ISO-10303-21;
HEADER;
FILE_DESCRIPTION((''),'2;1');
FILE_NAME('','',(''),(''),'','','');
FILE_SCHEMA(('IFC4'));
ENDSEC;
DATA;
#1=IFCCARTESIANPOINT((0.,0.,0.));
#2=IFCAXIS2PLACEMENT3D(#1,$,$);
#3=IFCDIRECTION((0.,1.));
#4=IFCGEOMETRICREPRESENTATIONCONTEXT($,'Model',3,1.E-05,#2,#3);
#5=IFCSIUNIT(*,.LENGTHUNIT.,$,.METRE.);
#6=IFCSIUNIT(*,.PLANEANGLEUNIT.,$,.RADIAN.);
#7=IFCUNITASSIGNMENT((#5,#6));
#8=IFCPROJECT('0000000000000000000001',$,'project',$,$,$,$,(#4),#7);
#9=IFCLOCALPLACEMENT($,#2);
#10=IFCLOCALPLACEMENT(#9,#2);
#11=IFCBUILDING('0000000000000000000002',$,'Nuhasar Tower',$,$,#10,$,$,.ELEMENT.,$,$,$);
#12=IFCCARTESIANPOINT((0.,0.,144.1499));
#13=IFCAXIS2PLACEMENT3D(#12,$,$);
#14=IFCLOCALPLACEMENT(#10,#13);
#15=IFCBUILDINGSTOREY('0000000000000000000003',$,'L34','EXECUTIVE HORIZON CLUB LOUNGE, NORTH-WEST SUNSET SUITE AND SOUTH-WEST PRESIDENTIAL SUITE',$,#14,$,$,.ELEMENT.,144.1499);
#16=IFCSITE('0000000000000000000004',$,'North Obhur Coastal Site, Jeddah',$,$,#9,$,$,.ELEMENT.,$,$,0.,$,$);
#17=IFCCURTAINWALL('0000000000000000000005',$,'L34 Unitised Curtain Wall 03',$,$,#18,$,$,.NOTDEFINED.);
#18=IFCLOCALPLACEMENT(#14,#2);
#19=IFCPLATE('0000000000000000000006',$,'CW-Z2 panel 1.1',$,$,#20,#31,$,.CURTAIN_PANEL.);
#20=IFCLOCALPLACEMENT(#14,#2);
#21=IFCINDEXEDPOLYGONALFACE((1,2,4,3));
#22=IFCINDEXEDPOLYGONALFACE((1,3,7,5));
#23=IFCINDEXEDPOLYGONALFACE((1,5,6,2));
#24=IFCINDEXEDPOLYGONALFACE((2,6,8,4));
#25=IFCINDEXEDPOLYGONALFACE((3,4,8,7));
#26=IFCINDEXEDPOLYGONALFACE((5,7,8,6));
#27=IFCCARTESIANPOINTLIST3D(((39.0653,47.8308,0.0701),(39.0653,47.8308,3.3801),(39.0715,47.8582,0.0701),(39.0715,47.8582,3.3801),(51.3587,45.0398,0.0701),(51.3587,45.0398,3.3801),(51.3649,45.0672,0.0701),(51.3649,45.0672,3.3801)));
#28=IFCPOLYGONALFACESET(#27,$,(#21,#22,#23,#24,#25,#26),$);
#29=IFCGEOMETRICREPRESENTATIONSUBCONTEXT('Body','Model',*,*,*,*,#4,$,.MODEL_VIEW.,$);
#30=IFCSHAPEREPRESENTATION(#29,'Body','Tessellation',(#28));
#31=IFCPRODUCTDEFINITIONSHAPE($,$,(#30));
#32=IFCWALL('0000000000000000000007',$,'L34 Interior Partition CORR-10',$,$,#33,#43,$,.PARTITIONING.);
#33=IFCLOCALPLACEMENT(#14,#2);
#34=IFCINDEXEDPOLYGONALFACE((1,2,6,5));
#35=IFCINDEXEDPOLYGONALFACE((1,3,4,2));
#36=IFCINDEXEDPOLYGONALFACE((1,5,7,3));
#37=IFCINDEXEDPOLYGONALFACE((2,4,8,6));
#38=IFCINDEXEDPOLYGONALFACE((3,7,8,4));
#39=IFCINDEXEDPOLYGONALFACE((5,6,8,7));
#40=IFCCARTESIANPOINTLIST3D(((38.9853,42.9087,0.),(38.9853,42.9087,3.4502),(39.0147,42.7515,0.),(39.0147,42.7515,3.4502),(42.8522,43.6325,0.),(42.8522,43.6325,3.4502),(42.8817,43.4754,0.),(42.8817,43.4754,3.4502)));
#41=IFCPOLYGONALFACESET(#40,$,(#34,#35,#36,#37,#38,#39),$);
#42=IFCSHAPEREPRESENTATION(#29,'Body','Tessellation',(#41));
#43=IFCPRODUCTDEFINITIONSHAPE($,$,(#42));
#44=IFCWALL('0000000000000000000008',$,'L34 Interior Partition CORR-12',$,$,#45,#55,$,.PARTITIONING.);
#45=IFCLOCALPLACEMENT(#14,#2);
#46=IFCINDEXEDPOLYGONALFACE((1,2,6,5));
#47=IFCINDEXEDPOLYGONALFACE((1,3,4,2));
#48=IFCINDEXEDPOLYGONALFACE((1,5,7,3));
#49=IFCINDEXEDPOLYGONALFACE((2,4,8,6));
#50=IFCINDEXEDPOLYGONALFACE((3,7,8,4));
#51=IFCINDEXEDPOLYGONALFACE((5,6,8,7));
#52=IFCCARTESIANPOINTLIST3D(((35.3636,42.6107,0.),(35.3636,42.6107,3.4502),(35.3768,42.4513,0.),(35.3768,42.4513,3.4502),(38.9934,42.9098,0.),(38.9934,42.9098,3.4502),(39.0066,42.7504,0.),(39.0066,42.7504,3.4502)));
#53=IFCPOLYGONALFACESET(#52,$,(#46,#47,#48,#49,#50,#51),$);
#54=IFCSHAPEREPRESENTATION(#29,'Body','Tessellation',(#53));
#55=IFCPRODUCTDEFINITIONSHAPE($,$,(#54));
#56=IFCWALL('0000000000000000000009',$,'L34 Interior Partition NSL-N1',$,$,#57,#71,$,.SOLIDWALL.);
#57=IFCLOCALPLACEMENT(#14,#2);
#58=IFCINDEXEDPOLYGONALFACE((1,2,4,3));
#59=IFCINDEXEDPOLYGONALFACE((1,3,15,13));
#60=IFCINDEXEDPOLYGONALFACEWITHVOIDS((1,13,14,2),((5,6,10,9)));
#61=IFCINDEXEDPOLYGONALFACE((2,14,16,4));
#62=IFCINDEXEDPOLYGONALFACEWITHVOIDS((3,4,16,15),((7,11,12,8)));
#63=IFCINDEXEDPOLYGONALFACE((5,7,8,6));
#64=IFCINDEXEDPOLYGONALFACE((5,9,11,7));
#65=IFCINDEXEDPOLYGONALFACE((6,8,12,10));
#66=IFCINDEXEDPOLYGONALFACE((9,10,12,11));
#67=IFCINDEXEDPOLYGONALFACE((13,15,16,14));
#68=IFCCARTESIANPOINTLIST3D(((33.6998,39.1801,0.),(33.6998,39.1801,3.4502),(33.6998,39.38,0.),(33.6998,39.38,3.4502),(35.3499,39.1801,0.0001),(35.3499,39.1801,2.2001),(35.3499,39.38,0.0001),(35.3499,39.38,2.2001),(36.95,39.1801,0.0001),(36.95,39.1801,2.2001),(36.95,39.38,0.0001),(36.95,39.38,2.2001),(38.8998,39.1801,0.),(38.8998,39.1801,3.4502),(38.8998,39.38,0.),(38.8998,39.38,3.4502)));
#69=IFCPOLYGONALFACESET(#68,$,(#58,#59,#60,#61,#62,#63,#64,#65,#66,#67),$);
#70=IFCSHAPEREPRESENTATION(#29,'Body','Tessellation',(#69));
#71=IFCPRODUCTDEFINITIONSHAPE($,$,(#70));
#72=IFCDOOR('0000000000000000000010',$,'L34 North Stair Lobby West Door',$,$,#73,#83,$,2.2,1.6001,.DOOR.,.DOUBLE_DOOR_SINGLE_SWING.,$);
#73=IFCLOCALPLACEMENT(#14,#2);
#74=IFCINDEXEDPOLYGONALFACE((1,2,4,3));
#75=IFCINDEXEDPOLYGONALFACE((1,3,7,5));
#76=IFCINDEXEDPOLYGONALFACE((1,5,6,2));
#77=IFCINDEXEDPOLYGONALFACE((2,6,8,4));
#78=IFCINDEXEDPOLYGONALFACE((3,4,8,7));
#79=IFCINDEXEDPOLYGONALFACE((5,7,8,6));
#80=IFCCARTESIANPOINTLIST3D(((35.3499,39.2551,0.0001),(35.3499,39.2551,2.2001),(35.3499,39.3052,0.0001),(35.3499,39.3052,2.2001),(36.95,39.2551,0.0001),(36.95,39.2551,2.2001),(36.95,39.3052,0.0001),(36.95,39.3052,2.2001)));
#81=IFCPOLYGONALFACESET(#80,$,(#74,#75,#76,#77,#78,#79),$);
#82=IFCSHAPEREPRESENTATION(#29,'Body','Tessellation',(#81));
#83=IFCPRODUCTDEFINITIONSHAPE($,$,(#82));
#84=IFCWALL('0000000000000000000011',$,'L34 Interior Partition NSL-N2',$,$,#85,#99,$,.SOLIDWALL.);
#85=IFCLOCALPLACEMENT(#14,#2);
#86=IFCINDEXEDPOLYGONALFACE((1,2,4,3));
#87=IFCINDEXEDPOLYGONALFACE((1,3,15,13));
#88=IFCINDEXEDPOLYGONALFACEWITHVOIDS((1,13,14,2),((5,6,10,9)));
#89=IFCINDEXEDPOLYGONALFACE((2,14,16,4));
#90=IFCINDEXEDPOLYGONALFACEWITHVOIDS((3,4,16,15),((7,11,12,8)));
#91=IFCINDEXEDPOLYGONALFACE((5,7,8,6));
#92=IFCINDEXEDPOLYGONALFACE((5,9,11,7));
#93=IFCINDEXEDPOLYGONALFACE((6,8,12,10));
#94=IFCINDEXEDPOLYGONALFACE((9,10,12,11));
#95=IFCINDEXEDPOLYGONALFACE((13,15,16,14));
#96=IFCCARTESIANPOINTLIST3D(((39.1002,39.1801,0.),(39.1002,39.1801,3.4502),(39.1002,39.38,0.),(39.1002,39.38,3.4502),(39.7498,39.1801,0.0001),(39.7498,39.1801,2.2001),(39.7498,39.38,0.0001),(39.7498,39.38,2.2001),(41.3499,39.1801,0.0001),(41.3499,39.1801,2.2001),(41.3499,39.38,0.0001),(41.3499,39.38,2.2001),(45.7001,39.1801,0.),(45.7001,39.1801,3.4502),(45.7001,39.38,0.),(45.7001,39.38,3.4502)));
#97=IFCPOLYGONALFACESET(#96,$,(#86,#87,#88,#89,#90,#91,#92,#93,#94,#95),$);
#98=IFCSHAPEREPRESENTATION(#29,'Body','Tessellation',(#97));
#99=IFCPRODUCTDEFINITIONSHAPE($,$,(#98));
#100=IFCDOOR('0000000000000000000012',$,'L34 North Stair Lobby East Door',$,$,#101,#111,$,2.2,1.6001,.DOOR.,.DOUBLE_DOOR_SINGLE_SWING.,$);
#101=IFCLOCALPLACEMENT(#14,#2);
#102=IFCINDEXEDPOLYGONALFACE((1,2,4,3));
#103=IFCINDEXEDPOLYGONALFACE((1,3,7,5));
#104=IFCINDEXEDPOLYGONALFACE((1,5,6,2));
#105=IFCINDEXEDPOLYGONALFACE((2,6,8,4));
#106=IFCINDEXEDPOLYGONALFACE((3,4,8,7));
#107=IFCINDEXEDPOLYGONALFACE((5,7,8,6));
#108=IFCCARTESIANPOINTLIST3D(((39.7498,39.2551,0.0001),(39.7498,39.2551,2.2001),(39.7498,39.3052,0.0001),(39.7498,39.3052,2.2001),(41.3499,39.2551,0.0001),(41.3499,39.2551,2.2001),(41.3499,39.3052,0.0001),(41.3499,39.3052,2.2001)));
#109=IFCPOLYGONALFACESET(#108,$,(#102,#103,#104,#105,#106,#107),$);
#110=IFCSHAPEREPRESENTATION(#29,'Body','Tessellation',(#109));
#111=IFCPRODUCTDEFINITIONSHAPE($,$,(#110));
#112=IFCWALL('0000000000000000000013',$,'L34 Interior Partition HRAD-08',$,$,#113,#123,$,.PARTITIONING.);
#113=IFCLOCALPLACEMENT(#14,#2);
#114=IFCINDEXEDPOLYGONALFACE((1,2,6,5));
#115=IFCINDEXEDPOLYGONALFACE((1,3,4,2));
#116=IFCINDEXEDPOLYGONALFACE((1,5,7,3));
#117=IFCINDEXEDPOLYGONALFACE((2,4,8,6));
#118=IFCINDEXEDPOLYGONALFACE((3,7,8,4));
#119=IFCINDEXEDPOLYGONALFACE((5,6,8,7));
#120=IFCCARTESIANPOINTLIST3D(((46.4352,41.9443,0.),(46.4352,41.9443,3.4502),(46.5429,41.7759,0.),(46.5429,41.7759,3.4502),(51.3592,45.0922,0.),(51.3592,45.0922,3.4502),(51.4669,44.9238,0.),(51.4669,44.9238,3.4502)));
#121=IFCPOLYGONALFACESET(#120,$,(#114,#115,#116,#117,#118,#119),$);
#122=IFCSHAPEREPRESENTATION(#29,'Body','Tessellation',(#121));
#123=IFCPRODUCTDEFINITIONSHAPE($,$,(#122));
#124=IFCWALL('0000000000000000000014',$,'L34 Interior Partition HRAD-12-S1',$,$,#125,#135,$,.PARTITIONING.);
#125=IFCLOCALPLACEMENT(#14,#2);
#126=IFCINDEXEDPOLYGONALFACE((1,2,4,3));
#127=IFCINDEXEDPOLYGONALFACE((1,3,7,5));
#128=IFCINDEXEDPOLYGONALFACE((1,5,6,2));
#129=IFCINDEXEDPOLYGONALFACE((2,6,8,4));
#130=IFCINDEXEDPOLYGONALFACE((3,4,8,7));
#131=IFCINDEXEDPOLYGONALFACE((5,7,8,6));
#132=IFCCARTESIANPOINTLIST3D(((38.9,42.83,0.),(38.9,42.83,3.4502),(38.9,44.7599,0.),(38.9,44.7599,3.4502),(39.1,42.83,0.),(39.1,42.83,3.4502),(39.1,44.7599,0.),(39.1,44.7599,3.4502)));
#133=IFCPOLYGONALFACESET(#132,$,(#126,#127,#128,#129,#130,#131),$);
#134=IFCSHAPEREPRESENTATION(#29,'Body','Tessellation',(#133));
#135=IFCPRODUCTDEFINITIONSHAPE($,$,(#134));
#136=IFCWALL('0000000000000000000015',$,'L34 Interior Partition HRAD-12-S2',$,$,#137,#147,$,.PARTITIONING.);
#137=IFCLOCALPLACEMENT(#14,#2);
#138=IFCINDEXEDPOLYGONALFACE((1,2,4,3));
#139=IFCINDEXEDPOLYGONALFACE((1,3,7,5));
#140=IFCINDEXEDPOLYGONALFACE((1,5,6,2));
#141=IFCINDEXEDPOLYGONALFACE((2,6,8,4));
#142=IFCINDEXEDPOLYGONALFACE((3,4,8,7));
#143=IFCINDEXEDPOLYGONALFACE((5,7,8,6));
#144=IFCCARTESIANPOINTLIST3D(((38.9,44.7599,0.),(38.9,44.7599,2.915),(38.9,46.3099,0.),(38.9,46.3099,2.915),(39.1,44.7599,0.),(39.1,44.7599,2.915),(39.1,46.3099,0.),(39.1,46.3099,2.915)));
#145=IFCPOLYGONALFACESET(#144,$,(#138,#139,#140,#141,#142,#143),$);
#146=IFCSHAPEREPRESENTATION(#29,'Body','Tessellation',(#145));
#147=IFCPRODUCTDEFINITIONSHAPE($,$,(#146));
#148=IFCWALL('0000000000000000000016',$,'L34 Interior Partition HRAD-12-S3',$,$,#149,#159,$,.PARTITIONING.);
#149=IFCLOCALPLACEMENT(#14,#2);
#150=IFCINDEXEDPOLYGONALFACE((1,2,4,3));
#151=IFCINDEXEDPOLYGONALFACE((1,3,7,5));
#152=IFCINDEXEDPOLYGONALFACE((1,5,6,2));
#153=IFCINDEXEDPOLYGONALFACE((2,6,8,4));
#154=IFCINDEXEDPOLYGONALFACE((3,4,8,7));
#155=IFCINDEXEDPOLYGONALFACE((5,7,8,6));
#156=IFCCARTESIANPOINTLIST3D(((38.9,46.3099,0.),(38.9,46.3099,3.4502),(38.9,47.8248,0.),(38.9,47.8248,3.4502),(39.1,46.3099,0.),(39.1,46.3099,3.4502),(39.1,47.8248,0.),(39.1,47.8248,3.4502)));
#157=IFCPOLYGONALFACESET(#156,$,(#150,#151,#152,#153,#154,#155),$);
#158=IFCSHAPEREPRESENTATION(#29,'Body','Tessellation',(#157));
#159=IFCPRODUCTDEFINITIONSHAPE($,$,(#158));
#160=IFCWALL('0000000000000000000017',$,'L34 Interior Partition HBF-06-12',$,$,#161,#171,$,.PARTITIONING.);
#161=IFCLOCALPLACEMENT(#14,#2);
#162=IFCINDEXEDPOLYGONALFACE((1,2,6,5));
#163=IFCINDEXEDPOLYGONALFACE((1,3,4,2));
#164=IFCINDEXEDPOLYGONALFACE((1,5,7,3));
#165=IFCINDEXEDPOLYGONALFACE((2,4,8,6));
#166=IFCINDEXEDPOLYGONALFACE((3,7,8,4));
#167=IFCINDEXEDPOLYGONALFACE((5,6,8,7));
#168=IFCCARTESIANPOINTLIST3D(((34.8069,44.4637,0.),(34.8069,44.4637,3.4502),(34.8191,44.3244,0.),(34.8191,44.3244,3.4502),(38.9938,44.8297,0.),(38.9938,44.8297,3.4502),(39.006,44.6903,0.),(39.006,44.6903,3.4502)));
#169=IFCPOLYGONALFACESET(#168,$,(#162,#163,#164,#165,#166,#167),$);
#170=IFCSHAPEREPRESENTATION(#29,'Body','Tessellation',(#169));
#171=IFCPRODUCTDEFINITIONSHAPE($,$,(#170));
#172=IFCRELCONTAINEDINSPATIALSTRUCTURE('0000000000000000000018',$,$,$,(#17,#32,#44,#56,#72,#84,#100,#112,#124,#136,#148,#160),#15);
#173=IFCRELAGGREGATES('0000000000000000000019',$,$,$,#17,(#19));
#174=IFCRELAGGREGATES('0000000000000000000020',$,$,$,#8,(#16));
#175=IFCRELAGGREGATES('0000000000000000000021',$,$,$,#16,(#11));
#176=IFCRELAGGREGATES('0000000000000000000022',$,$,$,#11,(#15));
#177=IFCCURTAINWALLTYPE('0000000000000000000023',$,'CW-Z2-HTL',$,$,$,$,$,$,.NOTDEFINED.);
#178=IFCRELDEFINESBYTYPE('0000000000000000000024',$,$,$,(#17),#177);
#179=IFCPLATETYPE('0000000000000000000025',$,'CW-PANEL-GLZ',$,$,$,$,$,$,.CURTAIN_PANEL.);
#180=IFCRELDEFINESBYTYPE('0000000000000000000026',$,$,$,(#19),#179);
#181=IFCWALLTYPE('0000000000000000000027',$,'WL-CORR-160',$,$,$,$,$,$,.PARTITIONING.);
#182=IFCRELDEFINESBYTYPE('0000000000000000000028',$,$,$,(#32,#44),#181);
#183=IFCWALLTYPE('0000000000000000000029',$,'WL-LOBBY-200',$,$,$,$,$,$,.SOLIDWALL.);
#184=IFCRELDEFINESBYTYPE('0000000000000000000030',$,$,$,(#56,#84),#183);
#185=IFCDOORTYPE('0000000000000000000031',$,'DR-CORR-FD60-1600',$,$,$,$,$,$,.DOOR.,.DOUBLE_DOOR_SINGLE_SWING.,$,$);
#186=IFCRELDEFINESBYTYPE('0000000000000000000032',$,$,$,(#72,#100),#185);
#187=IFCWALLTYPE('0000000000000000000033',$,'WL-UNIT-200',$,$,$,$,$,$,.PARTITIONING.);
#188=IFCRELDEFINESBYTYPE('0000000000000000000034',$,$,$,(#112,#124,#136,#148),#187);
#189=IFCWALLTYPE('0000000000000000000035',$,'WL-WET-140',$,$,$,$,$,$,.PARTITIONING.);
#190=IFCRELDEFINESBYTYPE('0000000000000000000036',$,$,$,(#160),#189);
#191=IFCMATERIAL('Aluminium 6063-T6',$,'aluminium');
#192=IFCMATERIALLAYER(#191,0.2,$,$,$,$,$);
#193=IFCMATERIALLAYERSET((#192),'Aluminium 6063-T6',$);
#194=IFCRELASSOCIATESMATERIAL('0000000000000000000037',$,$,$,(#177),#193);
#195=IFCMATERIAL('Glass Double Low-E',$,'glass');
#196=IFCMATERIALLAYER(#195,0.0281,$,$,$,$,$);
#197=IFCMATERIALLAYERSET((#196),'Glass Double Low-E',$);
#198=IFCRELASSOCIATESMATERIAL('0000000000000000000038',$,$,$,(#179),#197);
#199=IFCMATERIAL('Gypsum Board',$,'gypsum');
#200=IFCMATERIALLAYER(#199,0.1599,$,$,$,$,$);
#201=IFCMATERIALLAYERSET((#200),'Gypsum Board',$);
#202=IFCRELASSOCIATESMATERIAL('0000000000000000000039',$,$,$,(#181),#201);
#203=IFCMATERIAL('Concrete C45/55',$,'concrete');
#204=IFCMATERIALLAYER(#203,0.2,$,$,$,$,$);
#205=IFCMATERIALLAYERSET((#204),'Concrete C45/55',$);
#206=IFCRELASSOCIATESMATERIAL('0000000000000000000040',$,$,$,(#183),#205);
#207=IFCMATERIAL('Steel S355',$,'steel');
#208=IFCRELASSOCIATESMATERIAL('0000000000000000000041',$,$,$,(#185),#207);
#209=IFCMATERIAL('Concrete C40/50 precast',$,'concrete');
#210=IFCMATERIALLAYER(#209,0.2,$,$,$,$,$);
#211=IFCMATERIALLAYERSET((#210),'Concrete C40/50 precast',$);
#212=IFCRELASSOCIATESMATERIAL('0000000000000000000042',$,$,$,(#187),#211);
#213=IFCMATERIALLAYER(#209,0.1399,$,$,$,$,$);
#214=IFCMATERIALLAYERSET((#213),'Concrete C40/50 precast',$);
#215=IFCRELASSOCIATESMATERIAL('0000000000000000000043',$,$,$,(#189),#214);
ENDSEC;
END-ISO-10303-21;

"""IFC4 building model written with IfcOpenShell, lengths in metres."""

from ifc_helpers import new_model, si_unit, direction, frame, frame_2d, origin, origin_2d, place, context, subcontext, project, spatial, rectangle, extrude, material, layer, layer_set, type_object, element, fill, aggregate, save


model = new_model("IFC4")

# Units and contexts
model_context = context("Model", 3, precision=1e-05, world=origin(), true_north=direction((0.0, 1.0)))
body_context = subcontext(model_context, "Body", "Model", "MODEL_VIEW")
ifc_project = project(units=[si_unit("LENGTHUNIT", "METRE"), si_unit("PLANEANGLEUNIT", "RADIAN")], contexts=[model_context])

# Site, building, storey
site_placement = place(None, origin())
site = spatial("IfcSite", under=ifc_project, at=site_placement, Name="North Obhur Coastal Site, Jeddah", CompositionType="ELEMENT", RefElevation=0.0)
building_placement = place(site_placement, origin())
building = spatial("IfcBuilding", under=site, at=building_placement, Name="Nuhasar Tower", CompositionType="ELEMENT")
storey_placement = place(building_placement, frame((0.0, 0.0, 144.1499)))
storey = spatial("IfcBuildingStorey", under=building, at=storey_placement, Name="L34", Description="EXECUTIVE HORIZON CLUB LOUNGE, NORTH-WEST SUNSET SUITE AND SOUTH-WEST PRESIDENTIAL SUITE", CompositionType="ELEMENT", Elevation=144.1499)

# Shared definitions
ifc_material_1 = material(Name="Steel S355", Category="steel")

# Curtain wall
ifc_material_2 = material(Name="Aluminium 6063-T6", Category="aluminium")
ifc_layer_1 = layer(ifc_material_2, 0.2)
ifc_layer_set_1 = layer_set([ifc_layer_1], Name="Aluminium 6063-T6")
curtain_wall_type = type_object("IfcCurtainWallType", Name="CW-Z2-HTL", PredefinedType="NOTDEFINED", material=ifc_layer_set_1)
curtain_wall_1_placement = place(storey_placement, origin())
curtain_wall_1 = element("IfcCurtainWall", 1, at=curtain_wall_1_placement, inside=storey, type_object=curtain_wall_type, Name="L34 Unitised Curtain Wall 03", PredefinedType="NOTDEFINED")

# Plate
ifc_material_3 = material(Name="Glass Double Low-E", Category="glass")
ifc_layer_2 = layer(ifc_material_3, 0.0281)
ifc_layer_set_2 = layer_set([ifc_layer_2], Name="Glass Double Low-E")
plate_type = type_object("IfcPlateType", Name="CW-PANEL-GLZ", PredefinedType="CURTAIN_PANEL", material=ifc_layer_set_2)
plate_placement = place(storey_placement, frame((45.2151, 46.449, 0.0701), z_axis=(0.0, 0.0, 1.0), x_axis=(-0.975184, 0.221397, 0.0)))
plate = element("IfcPlate", 2, at=plate_placement, type_object=plate_type, Name="CW-Z2 panel 1.1", PredefinedType="CURTAIN_PANEL", context=body_context, shape_type="SweptSolid", body=[
    extrude(rectangle(XDim=12.6062, YDim=0.0281, at=origin_2d()), origin(), (0.0, 0.0, 1.0), 3.3101),
])
aggregate(curtain_wall_1, [plate])

# Shared definitions
ifc_material_4 = material(Name="Gypsum Board", Category="gypsum")
ifc_layer_3 = layer(ifc_material_4, 0.1599)
ifc_layer_set_3 = layer_set([ifc_layer_3], Name="Gypsum Board")
wall_type_1 = type_object("IfcWallType", Name="WL-CORR-160", PredefinedType="PARTITIONING", material=ifc_layer_set_3)

# Walls
wall_1_placement = place(storey_placement, frame((42.8669, 43.554, 0.0), z_axis=(0.0, 0.0, 1.0), x_axis=(-0.982926, -0.184, 0.0)))
element("IfcWall", 3, at=wall_1_placement, inside=storey, type_object=wall_type_1, Name="L34 Interior Partition CORR-10", PredefinedType="PARTITIONING", context=body_context, shape_type="SweptSolid", body=[
    extrude(rectangle(XDim=3.9341, YDim=0.1599, at=frame_2d((1.967, 0.0))), origin(), (0.0, 0.0, 1.0), 3.4502),
])
wall_2_placement = place(storey_placement, frame((39.0, 42.8301, 0.0), z_axis=(0.0, 0.0, 1.0), x_axis=(-0.996623, -0.082113, 0.0)))
element("IfcWall", 4, at=wall_2_placement, inside=storey, type_object=wall_type_1, Name="L34 Interior Partition CORR-12", PredefinedType="PARTITIONING", context=body_context, shape_type="SweptSolid", body=[
    extrude(rectangle(XDim=3.6421, YDim=0.1599, at=frame_2d((1.821, 0.0))), origin(), (0.0, 0.0, 1.0), 3.4502),
])

# Walls, openings, doors
ifc_material_5 = material(Name="Concrete C45/55", Category="concrete")
ifc_layer_4 = layer(ifc_material_5, 0.2)
ifc_layer_set_4 = layer_set([ifc_layer_4], Name="Concrete C45/55")
wall_type_2 = type_object("IfcWallType", Name="WL-LOBBY-200", PredefinedType="SOLIDWALL", material=ifc_layer_set_4)
wall_3_placement = place(storey_placement, frame((38.8999, 39.28, 0.0), z_axis=(0.0, 0.0, 1.0), x_axis=(-1.0, 0.0, 0.0)))
wall_3 = element("IfcWall", 5, at=wall_3_placement, inside=storey, type_object=wall_type_2, Name="L34 Interior Partition NSL-N1", PredefinedType="SOLIDWALL", context=body_context, shape_type="SweptSolid", body=[
    extrude(rectangle(XDim=5.2, YDim=0.2, at=frame_2d((2.6001, 0.0))), origin(), (0.0, 0.0, 1.0), 3.4502),
])
opening_1_placement = place(wall_3_placement, frame((1.95, 0.0, 0.0)))
opening_1 = element("IfcOpeningElement", 6, at=opening_1_placement, cuts=wall_3, PredefinedType="OPENING", context=body_context, shape_type="SweptSolid", body=[
    extrude(rectangle(XDim=1.6001, YDim=2.2, at=frame_2d((0.8, 1.1001))), frame((0.0, 0.1099, 0.0), z_axis=(0.0, -1.0, 0.0), x_axis=(1.0, 0.0, 0.0)), (0.0, 0.0, 1.0), 0.22),
])
door_type_1 = type_object("IfcDoorType", Name="DR-CORR-FD60-1600", OperationType="DOUBLE_DOOR_SINGLE_SWING", PredefinedType="DOOR", material=ifc_material_1)
door_1_placement = place(opening_1_placement, origin())
door_1 = element("IfcDoor", 7, at=door_1_placement, inside=storey, type_object=door_type_1, Name="L34 North Stair Lobby West Door", OperationType="DOUBLE_DOOR_SINGLE_SWING", OverallHeight=2.2, OverallWidth=1.6001, PredefinedType="DOOR", context=body_context, shape_type="SweptSolid", body=[
    extrude(rectangle(XDim=1.6001, YDim=2.2, at=frame_2d((0.8, 1.1001))), frame((0.0, 0.0249, 0.0), z_axis=(0.0, -1.0, 0.0), x_axis=(1.0, 0.0, 0.0)), (0.0, 0.0, 1.0), 0.05),
])
fill(opening_1, door_1)
wall_4_placement = place(storey_placement, frame((45.7, 39.28, 0.0), z_axis=(0.0, 0.0, 1.0), x_axis=(-1.0, 0.0, 0.0)))
wall_4 = element("IfcWall", 8, at=wall_4_placement, inside=storey, type_object=wall_type_2, Name="L34 Interior Partition NSL-N2", PredefinedType="SOLIDWALL", context=body_context, shape_type="SweptSolid", body=[
    extrude(rectangle(XDim=6.5999, YDim=0.2, at=frame_2d((3.2998, 0.0))), origin(), (0.0, 0.0, 1.0), 3.4502),
])
opening_2_placement = place(wall_4_placement, frame((4.3501, 0.0, 0.0)))
opening_2 = element("IfcOpeningElement", 9, at=opening_2_placement, cuts=wall_4, PredefinedType="OPENING", context=body_context, shape_type="SweptSolid", body=[
    extrude(rectangle(XDim=1.6001, YDim=2.2, at=frame_2d((0.8, 1.1001))), frame((0.0, 0.1099, 0.0), z_axis=(0.0, -1.0, 0.0), x_axis=(1.0, 0.0, 0.0)), (0.0, 0.0, 1.0), 0.22),
])
door_2_placement = place(opening_2_placement, origin())
door_2 = element("IfcDoor", 10, at=door_2_placement, inside=storey, type_object=door_type_1, Name="L34 North Stair Lobby East Door", OperationType="DOUBLE_DOOR_SINGLE_SWING", OverallHeight=2.2, OverallWidth=1.6001, PredefinedType="DOOR", context=body_context, shape_type="SweptSolid", body=[
    extrude(rectangle(XDim=1.6001, YDim=2.2, at=frame_2d((0.8, 1.1001))), frame((0.0, 0.0249, 0.0), z_axis=(0.0, -1.0, 0.0), x_axis=(1.0, 0.0, 0.0)), (0.0, 0.0, 1.0), 0.05),
])
fill(opening_2, door_2)

# Walls
ifc_material_6 = material(Name="Concrete C40/50 precast", Category="concrete")
ifc_layer_5 = layer(ifc_material_6, 0.2)
ifc_layer_set_5 = layer_set([ifc_layer_5], Name="Concrete C40/50 precast")
wall_type_3 = type_object("IfcWallType", Name="WL-UNIT-200", PredefinedType="PARTITIONING", material=ifc_layer_set_5)
wall_5_placement = place(storey_placement, frame((46.489, 41.8601, 0.0), z_axis=(0.0, 0.0, 1.0), x_axis=(0.84254, 0.538634, 0.0)))
element("IfcWall", 11, at=wall_5_placement, inside=storey, type_object=wall_type_3, Name="L34 Interior Partition HRAD-08", PredefinedType="PARTITIONING", context=body_context, shape_type="SweptSolid", body=[
    extrude(rectangle(XDim=5.8442, YDim=0.2, at=frame_2d((2.9221, 0.0))), origin(), (0.0, 0.0, 1.0), 3.4502),
])
wall_6_placement = place(storey_placement, frame((39.0, 42.8301, 0.0), z_axis=(0.0, 0.0, 1.0), x_axis=(0.0, 1.0, 0.0)))
element("IfcWall", 12, at=wall_6_placement, inside=storey, type_object=wall_type_3, Name="L34 Interior Partition HRAD-12-S1", PredefinedType="PARTITIONING", context=body_context, shape_type="SweptSolid", body=[
    extrude(rectangle(XDim=1.9299, YDim=0.2, at=frame_2d((0.9648, 0.0))), origin(), (0.0, 0.0, 1.0), 3.4502),
])
wall_7_placement = place(storey_placement, frame((39.0, 44.76, 0.0), z_axis=(0.0, 0.0, 1.0), x_axis=(0.0, 1.0, 0.0)))
element("IfcWall", 13, at=wall_7_placement, inside=storey, type_object=wall_type_3, Name="L34 Interior Partition HRAD-12-S2", PredefinedType="PARTITIONING", context=body_context, shape_type="SweptSolid", body=[
    extrude(rectangle(XDim=1.55, YDim=0.2, at=frame_2d((0.7749, 0.0))), origin(), (0.0, 0.0, 1.0), 2.915),
])
wall_8_placement = place(storey_placement, frame((39.0, 46.3101, 0.0), z_axis=(0.0, 0.0, 1.0), x_axis=(0.0, 1.0, 0.0)))
element("IfcWall", 14, at=wall_8_placement, inside=storey, type_object=wall_type_3, Name="L34 Interior Partition HRAD-12-S3", PredefinedType="PARTITIONING", context=body_context, shape_type="SweptSolid", body=[
    extrude(rectangle(XDim=1.5149, YDim=0.2, at=frame_2d((0.7573, 0.0))), origin(), (0.0, 0.0, 1.0), 3.4502),
])
ifc_layer_6 = layer(ifc_material_6, 0.1399)
ifc_layer_set_6 = layer_set([ifc_layer_6], Name="Concrete C40/50 precast")
wall_type_4 = type_object("IfcWallType", Name="WL-WET-140", PredefinedType="PARTITIONING", material=ifc_layer_set_6)
wall_9_placement = place(storey_placement, frame((39.0, 44.76, 0.0), z_axis=(0.0, 0.0, 1.0), x_axis=(-0.996202, -0.087073, 0.0)))
element("IfcWall", 15, at=wall_9_placement, inside=storey, type_object=wall_type_4, Name="L34 Interior Partition HBF-06-12", PredefinedType="PARTITIONING", context=body_context, shape_type="SweptSolid", body=[
    extrude(rectangle(XDim=4.2029, YDim=0.1399, at=frame_2d((2.1016, 0.0))), origin(), (0.0, 0.0, 1.0), 3.4502),
])

save(model, "model.ifc")
